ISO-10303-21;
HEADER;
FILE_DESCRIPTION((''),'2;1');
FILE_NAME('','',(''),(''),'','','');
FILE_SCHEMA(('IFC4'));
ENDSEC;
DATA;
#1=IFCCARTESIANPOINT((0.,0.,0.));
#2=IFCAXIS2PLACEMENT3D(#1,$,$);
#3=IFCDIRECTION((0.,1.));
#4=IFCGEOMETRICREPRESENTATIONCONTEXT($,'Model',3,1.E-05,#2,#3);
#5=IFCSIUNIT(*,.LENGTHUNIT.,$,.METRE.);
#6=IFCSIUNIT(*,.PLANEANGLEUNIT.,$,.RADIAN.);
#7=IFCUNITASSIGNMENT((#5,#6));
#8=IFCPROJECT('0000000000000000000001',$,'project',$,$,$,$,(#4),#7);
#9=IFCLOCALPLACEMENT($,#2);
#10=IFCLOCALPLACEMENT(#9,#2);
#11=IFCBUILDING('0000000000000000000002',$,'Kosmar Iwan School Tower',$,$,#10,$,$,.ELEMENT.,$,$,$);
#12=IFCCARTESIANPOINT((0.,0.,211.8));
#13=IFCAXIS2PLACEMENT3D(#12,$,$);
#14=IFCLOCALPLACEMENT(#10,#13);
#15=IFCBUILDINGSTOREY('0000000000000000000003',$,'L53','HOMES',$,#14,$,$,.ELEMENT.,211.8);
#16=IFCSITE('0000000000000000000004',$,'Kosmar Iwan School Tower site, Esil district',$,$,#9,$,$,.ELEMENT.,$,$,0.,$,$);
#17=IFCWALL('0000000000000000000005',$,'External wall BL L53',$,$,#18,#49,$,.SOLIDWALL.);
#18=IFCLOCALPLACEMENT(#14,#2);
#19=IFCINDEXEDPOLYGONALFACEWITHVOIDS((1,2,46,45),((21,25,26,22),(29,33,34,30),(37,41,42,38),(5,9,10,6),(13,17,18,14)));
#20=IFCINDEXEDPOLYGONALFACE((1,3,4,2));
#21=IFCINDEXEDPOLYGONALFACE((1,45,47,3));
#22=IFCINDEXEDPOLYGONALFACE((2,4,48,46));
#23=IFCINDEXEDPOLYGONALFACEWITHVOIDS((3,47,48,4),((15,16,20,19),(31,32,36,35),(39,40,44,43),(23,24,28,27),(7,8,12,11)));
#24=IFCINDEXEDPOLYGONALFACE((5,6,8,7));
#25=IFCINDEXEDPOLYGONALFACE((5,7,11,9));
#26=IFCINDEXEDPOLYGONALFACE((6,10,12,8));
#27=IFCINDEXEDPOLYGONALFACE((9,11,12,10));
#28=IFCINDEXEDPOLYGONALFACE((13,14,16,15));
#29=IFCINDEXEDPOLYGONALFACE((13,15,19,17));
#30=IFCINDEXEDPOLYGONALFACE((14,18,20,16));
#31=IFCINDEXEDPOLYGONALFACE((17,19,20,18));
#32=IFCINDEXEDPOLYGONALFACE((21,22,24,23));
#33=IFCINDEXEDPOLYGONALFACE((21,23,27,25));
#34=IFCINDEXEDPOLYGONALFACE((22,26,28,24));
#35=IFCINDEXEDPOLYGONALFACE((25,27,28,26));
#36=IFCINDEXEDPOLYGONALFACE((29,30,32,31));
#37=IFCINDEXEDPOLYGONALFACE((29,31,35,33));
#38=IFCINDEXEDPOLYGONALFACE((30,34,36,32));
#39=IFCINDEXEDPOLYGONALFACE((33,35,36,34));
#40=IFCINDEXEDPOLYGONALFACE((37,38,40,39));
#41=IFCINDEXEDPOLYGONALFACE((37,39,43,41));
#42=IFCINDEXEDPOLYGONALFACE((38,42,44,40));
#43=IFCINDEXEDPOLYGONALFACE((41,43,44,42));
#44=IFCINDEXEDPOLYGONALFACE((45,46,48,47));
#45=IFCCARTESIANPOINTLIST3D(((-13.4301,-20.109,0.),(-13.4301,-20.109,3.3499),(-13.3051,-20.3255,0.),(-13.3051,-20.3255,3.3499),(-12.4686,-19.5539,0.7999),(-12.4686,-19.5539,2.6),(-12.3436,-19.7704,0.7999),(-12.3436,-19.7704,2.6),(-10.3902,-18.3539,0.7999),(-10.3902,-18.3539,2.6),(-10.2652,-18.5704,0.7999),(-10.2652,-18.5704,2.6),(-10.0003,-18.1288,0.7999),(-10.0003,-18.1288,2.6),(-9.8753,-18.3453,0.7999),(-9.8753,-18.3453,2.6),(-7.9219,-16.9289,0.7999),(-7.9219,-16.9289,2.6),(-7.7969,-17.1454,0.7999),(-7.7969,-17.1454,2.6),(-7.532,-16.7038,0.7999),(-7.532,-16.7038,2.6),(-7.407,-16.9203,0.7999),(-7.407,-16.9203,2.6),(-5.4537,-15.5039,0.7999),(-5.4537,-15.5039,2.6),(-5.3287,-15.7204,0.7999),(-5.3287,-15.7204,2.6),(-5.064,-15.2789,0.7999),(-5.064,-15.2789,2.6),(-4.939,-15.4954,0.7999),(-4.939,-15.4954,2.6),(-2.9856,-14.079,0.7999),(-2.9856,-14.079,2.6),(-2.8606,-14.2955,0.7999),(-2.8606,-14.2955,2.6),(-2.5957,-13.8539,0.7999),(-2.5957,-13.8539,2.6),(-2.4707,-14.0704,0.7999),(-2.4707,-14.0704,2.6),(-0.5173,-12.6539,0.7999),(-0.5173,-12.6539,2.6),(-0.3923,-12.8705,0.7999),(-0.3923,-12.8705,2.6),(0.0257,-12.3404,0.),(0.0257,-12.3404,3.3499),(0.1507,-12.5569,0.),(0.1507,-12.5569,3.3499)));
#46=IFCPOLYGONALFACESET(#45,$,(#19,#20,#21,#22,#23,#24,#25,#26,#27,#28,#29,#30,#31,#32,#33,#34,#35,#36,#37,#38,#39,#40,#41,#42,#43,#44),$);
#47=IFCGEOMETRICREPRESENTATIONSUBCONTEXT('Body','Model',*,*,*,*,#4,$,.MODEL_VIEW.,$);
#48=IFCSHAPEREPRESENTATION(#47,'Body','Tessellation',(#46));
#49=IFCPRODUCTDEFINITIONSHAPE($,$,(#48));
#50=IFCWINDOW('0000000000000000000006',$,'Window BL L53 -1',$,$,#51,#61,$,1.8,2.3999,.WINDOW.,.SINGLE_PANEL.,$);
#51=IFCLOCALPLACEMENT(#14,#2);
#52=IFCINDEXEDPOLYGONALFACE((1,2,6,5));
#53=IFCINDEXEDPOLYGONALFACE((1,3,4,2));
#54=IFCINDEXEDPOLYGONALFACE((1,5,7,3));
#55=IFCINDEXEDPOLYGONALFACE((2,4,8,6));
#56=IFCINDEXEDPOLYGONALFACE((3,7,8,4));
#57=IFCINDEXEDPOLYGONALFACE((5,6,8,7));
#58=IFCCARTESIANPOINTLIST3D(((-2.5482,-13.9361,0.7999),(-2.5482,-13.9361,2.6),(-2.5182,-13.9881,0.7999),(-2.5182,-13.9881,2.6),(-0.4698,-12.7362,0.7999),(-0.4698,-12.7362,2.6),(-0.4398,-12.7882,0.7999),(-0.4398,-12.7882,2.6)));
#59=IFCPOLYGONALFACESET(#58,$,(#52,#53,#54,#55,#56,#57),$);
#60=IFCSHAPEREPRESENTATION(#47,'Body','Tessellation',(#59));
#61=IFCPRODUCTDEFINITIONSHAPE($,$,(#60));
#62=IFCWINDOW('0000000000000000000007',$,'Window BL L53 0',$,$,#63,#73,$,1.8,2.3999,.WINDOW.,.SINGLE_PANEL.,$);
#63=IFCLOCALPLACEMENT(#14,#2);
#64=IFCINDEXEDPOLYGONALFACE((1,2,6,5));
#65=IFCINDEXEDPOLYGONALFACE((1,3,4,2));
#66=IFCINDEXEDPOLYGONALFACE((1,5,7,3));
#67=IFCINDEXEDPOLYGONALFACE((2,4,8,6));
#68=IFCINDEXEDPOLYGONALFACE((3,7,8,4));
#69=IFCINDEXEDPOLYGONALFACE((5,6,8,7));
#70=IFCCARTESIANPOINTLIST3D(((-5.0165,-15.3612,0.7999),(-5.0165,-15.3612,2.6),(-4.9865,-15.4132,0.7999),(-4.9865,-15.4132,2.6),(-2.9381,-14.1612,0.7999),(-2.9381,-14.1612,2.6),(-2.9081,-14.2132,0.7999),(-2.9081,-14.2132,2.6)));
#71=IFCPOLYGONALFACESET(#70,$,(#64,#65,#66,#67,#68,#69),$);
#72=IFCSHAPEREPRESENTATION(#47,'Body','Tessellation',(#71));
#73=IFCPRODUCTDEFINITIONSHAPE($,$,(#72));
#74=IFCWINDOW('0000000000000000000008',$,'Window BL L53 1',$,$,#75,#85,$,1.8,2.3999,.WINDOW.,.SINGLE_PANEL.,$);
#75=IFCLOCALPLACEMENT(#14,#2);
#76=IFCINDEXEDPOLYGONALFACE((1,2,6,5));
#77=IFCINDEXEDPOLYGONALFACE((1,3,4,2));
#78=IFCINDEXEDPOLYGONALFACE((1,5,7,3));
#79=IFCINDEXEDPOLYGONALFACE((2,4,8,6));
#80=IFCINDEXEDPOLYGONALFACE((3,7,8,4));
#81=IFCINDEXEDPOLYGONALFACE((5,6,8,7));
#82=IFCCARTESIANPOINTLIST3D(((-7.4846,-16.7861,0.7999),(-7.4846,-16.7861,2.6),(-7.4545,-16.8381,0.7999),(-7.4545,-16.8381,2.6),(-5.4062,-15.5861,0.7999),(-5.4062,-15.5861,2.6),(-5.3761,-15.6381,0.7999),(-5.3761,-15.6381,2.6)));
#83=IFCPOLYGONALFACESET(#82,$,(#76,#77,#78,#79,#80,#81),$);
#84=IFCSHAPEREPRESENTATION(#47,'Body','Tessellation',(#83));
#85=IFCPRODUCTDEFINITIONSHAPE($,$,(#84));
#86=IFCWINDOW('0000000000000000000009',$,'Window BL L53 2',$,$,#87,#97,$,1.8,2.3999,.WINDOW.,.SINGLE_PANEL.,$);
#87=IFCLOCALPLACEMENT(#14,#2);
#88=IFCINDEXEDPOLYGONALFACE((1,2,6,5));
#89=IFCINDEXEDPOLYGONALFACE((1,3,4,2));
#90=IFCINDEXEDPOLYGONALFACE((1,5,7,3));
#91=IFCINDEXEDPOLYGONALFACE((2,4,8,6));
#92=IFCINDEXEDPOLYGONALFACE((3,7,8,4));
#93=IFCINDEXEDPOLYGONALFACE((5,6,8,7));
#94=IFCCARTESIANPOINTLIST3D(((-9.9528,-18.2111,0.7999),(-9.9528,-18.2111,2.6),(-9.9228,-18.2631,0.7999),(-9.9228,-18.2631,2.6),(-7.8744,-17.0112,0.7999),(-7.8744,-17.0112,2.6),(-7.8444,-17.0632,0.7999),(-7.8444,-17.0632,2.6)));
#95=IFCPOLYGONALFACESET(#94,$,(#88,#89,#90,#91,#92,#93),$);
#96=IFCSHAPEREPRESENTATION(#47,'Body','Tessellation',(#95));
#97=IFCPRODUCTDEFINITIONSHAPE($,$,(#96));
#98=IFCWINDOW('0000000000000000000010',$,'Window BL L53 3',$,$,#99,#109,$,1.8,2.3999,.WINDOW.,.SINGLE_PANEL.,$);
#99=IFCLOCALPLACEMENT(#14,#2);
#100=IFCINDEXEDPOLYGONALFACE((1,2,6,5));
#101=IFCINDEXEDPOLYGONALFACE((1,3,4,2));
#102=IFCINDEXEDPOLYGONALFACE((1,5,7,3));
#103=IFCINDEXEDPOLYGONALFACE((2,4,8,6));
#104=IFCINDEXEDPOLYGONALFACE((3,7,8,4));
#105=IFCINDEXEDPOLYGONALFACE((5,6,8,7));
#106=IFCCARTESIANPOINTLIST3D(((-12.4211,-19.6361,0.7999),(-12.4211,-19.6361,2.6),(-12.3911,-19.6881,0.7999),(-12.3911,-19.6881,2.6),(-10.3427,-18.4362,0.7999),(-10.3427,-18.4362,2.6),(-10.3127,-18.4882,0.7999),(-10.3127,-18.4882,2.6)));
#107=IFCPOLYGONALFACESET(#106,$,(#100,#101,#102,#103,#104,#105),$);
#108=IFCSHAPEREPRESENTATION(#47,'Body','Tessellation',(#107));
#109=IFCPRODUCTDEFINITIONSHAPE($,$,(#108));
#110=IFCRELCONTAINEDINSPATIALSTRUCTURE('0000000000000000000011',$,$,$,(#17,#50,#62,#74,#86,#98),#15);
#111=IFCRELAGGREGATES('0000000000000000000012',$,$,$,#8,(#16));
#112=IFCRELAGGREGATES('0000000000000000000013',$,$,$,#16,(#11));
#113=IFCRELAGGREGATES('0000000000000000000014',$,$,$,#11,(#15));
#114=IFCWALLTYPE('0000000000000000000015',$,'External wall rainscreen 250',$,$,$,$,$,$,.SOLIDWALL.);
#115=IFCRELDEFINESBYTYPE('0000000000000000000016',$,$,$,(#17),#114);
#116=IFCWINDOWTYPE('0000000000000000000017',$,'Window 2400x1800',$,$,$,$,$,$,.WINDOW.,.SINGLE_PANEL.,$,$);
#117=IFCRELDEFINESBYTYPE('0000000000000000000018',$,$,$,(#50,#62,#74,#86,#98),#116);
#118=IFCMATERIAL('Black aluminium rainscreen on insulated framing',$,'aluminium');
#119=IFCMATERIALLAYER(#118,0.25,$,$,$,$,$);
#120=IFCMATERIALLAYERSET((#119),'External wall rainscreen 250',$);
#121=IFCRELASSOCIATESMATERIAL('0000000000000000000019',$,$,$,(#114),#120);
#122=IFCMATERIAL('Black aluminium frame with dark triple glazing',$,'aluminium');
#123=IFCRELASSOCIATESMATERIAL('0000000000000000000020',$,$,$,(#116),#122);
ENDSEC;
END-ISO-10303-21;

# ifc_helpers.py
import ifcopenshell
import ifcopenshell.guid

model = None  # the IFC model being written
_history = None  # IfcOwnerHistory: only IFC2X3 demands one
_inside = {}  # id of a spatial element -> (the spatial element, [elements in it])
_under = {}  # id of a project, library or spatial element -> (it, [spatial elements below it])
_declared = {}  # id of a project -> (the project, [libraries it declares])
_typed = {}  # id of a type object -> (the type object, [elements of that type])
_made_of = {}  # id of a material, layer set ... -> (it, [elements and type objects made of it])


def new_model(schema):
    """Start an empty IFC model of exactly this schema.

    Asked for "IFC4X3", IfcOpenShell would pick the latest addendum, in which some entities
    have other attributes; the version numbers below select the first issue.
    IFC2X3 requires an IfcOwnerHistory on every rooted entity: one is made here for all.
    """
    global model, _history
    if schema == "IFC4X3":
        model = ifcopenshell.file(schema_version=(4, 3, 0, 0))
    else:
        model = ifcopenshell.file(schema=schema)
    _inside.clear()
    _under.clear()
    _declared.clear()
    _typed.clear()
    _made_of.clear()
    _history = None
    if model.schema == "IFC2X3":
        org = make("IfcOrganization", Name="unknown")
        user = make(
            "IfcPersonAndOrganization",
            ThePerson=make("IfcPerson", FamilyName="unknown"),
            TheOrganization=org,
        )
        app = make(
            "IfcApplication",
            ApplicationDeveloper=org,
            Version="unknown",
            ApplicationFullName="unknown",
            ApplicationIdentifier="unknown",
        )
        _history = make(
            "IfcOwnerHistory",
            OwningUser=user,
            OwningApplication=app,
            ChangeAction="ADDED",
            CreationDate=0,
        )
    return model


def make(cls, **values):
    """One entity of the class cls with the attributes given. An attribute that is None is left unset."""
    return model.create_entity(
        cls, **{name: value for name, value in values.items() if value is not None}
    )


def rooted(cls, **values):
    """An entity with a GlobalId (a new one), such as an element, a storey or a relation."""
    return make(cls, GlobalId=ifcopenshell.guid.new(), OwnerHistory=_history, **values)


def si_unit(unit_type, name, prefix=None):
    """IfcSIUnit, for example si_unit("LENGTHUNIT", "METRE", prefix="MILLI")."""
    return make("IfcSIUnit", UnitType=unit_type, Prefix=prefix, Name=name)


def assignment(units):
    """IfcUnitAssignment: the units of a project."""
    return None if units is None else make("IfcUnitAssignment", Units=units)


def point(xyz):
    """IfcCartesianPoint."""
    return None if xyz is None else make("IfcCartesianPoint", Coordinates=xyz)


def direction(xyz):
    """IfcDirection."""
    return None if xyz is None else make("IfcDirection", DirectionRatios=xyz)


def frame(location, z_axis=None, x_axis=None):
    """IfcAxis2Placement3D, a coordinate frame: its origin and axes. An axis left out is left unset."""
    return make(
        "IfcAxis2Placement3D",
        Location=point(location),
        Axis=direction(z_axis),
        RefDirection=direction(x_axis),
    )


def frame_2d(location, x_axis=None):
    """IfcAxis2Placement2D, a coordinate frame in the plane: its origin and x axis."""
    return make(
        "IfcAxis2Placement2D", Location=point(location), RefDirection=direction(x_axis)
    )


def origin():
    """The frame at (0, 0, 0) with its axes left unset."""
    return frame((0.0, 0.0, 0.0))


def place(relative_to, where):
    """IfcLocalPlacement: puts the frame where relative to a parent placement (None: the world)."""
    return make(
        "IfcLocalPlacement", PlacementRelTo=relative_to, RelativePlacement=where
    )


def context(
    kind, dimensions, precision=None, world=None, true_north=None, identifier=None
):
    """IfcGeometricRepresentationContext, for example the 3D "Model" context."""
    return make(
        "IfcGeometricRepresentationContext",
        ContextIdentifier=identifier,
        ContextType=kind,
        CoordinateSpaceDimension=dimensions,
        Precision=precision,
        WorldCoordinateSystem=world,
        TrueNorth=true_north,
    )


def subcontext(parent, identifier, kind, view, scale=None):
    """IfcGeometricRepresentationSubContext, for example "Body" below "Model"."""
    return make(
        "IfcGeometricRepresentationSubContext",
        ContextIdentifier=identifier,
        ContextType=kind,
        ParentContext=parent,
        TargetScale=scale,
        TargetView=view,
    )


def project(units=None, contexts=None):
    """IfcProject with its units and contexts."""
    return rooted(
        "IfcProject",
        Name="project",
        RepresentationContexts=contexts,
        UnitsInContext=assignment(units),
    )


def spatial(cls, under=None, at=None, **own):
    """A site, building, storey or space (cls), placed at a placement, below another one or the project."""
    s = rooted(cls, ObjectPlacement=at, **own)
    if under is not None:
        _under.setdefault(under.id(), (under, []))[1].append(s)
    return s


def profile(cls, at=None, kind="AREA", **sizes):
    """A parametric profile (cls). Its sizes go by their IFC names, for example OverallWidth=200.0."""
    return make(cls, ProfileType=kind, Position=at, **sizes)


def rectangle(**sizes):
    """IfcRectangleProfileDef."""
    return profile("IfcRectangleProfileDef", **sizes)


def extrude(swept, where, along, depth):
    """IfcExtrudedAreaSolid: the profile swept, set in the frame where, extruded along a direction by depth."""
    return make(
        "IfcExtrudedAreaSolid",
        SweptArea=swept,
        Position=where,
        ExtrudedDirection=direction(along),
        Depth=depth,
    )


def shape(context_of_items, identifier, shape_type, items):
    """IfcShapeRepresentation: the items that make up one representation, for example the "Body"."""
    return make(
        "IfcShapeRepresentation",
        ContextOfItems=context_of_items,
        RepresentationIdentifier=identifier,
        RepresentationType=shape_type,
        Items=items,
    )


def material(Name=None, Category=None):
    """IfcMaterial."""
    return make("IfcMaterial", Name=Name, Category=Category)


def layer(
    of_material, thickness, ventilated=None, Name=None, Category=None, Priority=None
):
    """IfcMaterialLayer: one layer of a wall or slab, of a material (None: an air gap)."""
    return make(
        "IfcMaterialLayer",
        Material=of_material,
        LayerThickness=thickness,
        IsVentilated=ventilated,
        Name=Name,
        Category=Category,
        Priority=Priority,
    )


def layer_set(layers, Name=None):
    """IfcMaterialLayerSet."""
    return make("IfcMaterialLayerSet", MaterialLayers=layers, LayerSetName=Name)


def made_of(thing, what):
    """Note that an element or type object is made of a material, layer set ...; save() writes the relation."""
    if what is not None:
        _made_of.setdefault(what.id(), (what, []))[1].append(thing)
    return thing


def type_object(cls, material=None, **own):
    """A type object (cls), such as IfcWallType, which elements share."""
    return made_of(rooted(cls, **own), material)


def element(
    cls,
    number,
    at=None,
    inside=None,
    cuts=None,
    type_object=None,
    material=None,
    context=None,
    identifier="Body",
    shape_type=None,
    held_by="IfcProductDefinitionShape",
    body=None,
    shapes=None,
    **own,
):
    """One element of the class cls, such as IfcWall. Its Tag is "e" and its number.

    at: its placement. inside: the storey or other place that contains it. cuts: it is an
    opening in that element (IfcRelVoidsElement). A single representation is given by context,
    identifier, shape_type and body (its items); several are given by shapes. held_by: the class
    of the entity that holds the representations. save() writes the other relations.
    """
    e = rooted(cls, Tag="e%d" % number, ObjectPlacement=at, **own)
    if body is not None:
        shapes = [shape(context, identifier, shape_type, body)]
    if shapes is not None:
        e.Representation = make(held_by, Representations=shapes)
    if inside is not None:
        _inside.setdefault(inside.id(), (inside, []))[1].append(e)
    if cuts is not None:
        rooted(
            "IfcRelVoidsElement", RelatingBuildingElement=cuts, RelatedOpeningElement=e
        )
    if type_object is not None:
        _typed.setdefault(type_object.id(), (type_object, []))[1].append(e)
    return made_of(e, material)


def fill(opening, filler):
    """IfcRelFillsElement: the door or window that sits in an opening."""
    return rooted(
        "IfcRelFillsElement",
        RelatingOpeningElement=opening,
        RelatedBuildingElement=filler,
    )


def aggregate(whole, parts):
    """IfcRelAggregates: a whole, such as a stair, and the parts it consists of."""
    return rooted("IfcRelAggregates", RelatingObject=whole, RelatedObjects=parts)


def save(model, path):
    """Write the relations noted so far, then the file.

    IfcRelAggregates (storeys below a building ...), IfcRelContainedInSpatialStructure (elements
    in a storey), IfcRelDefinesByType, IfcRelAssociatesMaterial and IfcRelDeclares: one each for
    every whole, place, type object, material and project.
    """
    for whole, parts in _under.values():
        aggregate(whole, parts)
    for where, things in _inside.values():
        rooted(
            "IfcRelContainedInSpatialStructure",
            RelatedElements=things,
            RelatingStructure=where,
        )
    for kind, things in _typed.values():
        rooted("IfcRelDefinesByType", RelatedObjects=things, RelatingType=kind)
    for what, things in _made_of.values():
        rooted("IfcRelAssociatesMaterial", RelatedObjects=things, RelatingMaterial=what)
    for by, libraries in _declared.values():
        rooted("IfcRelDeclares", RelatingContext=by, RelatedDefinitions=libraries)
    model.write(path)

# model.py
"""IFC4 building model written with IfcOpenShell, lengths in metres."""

from ifc_helpers import new_model, si_unit, direction, frame, frame_2d, origin, place, context, subcontext, project, spatial, rectangle, extrude, material, layer, layer_set, type_object, element, fill, save


model = new_model("IFC4")

# Units and contexts
model_context = context("Model", 3, precision=1e-05, world=origin(), true_north=direction((0.0, 1.0)))
body_context = subcontext(model_context, "Body", "Model", "MODEL_VIEW")
ifc_project = project(units=[si_unit("LENGTHUNIT", "METRE"), si_unit("PLANEANGLEUNIT", "RADIAN")], contexts=[model_context])

# Site, building, storey
site_placement = place(None, origin())
site = spatial("IfcSite", under=ifc_project, at=site_placement, Name="Kosmar Iwan School Tower site, Esil district", CompositionType="ELEMENT", RefElevation=0.0)
building_placement = place(site_placement, origin())
building = spatial("IfcBuilding", under=site, at=building_placement, Name="Kosmar Iwan School Tower", CompositionType="ELEMENT")
storey_placement = place(building_placement, frame((0.0, 0.0, 211.8)))
storey = spatial("IfcBuildingStorey", under=building, at=storey_placement, Name="L53", Description="HOMES", CompositionType="ELEMENT", Elevation=211.8)

# Wall, openings, windows
ifc_material_1 = material(Name="Black aluminium rainscreen on insulated framing", Category="aluminium")
ifc_layer_1 = layer(ifc_material_1, 0.25)
ifc_layer_set_1 = layer_set([ifc_layer_1], Name="External wall rainscreen 250")
wall_type_1 = type_object("IfcWallType", Name="External wall rainscreen 250", PredefinedType="SOLIDWALL", material=ifc_layer_set_1)
wall_1_placement = place(storey_placement, frame((0.0881, -12.4487, 0.0), z_axis=(0.0, 0.0, 1.0), x_axis=(-0.86603, -0.499992, 0.0)))
wall_1 = element("IfcWall", 1, at=wall_1_placement, inside=storey, type_object=wall_type_1, Name="External wall BL L53", PredefinedType="SOLIDWALL", context=body_context, shape_type="SweptSolid", body=[
    extrude(rectangle(XDim=15.5374, YDim=0.25, at=frame_2d((7.7686, 0.0))), origin(), (0.0, 0.0, 1.0), 3.3499),
])
opening_1_placement = place(wall_1_placement, frame((0.627, 0.0, 0.8)))
opening_1 = element("IfcOpeningElement", 2, at=opening_1_placement, cuts=wall_1, PredefinedType="OPENING", context=body_context, shape_type="SweptSolid", body=[
    extrude(rectangle(XDim=2.3999, YDim=1.8, at=frame_2d((1.2, 0.8999))), frame((0.0, 0.137, 0.0), z_axis=(0.0, -1.0, 0.0), x_axis=(1.0, 0.0, 0.0)), (0.0, 0.0, 1.0), 0.2739),
])
opening_2_placement = place(wall_1_placement, frame((3.4771, 0.0, 0.8)))
opening_2 = element("IfcOpeningElement", 3, at=opening_2_placement, cuts=wall_1, PredefinedType="OPENING", context=body_context, shape_type="SweptSolid", body=[
    extrude(rectangle(XDim=2.3999, YDim=1.8, at=frame_2d((1.2, 0.8999))), frame((0.0, 0.137, 0.0), z_axis=(0.0, -1.0, 0.0), x_axis=(1.0, 0.0, 0.0)), (0.0, 0.0, 1.0), 0.2739),
])
opening_3_placement = place(wall_1_placement, frame((6.3269, 0.0, 0.8)))
opening_3 = element("IfcOpeningElement", 4, at=opening_3_placement, cuts=wall_1, PredefinedType="OPENING", context=body_context, shape_type="SweptSolid", body=[
    extrude(rectangle(XDim=2.3999, YDim=1.8, at=frame_2d((1.2, 0.8999))), frame((0.0, 0.137, 0.0), z_axis=(0.0, -1.0, 0.0), x_axis=(1.0, 0.0, 0.0)), (0.0, 0.0, 1.0), 0.2739),
])
opening_4_placement = place(wall_1_placement, frame((9.177, 0.0, 0.8)))
opening_4 = element("IfcOpeningElement", 5, at=opening_4_placement, cuts=wall_1, PredefinedType="OPENING", context=body_context, shape_type="SweptSolid", body=[
    extrude(rectangle(XDim=2.3999, YDim=1.8, at=frame_2d((1.2, 0.8999))), frame((0.0, 0.137, 0.0), z_axis=(0.0, -1.0, 0.0), x_axis=(1.0, 0.0, 0.0)), (0.0, 0.0, 1.0), 0.2739),
])
opening_5_placement = place(wall_1_placement, frame((12.0271, 0.0, 0.8)))
opening_5 = element("IfcOpeningElement", 6, at=opening_5_placement, cuts=wall_1, PredefinedType="OPENING", context=body_context, shape_type="SweptSolid", body=[
    extrude(rectangle(XDim=2.3999, YDim=1.8, at=frame_2d((1.2, 0.8999))), frame((0.0, 0.137, 0.0), z_axis=(0.0, -1.0, 0.0), x_axis=(1.0, 0.0, 0.0)), (0.0, 0.0, 1.0), 0.2739),
])
ifc_material_2 = material(Name="Black aluminium frame with dark triple glazing", Category="aluminium")
window_type = type_object("IfcWindowType", Name="Window 2400x1800", PartitioningType="SINGLE_PANEL", PredefinedType="WINDOW", material=ifc_material_2)
window_1_placement = place(opening_1_placement, origin())
window_1 = element("IfcWindow", 7, at=window_1_placement, inside=storey, type_object=window_type, Name="Window BL L53 -1", OverallHeight=1.8, OverallWidth=2.3999, PartitioningType="SINGLE_PANEL", PredefinedType="WINDOW", context=body_context, shape_type="SweptSolid", body=[
    extrude(rectangle(XDim=2.3999, YDim=1.8, at=frame_2d((1.2, 0.8999))), frame((0.0, 0.03, 0.0), z_axis=(0.0, -1.0, 0.0), x_axis=(1.0, 0.0, 0.0)), (0.0, 0.0, 1.0), 0.0601),
])
fill(opening_1, window_1)
window_2_placement = place(opening_2_placement, origin())
window_2 = element("IfcWindow", 8, at=window_2_placement, inside=storey, type_object=window_type, Name="Window BL L53 0", OverallHeight=1.8, OverallWidth=2.3999, PartitioningType="SINGLE_PANEL", PredefinedType="WINDOW", context=body_context, shape_type="SweptSolid", body=[
    extrude(rectangle(XDim=2.3999, YDim=1.8, at=frame_2d((1.2, 0.8999))), frame((0.0, 0.03, 0.0), z_axis=(0.0, -1.0, 0.0), x_axis=(1.0, 0.0, 0.0)), (0.0, 0.0, 1.0), 0.0601),
])
fill(opening_2, window_2)
window_3_placement = place(opening_3_placement, origin())
window_3 = element("IfcWindow", 9, at=window_3_placement, inside=storey, type_object=window_type, Name="Window BL L53 1", OverallHeight=1.8, OverallWidth=2.3999, PartitioningType="SINGLE_PANEL", PredefinedType="WINDOW", context=body_context, shape_type="SweptSolid", body=[
    extrude(rectangle(XDim=2.3999, YDim=1.8, at=frame_2d((1.2, 0.8999))), frame((0.0, 0.03, 0.0), z_axis=(0.0, -1.0, 0.0), x_axis=(1.0, 0.0, 0.0)), (0.0, 0.0, 1.0), 0.0601),
])
fill(opening_3, window_3)
window_4_placement = place(opening_4_placement, origin())
window_4 = element("IfcWindow", 10, at=window_4_placement, inside=storey, type_object=window_type, Name="Window BL L53 2", OverallHeight=1.8, OverallWidth=2.3999, PartitioningType="SINGLE_PANEL", PredefinedType="WINDOW", context=body_context, shape_type="SweptSolid", body=[
    extrude(rectangle(XDim=2.3999, YDim=1.8, at=frame_2d((1.2, 0.8999))), frame((0.0, 0.03, 0.0), z_axis=(0.0, -1.0, 0.0), x_axis=(1.0, 0.0, 0.0)), (0.0, 0.0, 1.0), 0.0601),
])
fill(opening_4, window_4)
window_5_placement = place(opening_5_placement, origin())
window_5 = element("IfcWindow", 11, at=window_5_placement, inside=storey, type_object=window_type, Name="Window BL L53 3", OverallHeight=1.8, OverallWidth=2.3999, PartitioningType="SINGLE_PANEL", PredefinedType="WINDOW", context=body_context, shape_type="SweptSolid", body=[
    extrude(rectangle(XDim=2.3999, YDim=1.8, at=frame_2d((1.2, 0.8999))), frame((0.0, 0.03, 0.0), z_axis=(0.0, -1.0, 0.0), x_axis=(1.0, 0.0, 0.0)), (0.0, 0.0, 1.0), 0.0601),
])
fill(opening_5, window_5)

save(model, "model.ifc")
